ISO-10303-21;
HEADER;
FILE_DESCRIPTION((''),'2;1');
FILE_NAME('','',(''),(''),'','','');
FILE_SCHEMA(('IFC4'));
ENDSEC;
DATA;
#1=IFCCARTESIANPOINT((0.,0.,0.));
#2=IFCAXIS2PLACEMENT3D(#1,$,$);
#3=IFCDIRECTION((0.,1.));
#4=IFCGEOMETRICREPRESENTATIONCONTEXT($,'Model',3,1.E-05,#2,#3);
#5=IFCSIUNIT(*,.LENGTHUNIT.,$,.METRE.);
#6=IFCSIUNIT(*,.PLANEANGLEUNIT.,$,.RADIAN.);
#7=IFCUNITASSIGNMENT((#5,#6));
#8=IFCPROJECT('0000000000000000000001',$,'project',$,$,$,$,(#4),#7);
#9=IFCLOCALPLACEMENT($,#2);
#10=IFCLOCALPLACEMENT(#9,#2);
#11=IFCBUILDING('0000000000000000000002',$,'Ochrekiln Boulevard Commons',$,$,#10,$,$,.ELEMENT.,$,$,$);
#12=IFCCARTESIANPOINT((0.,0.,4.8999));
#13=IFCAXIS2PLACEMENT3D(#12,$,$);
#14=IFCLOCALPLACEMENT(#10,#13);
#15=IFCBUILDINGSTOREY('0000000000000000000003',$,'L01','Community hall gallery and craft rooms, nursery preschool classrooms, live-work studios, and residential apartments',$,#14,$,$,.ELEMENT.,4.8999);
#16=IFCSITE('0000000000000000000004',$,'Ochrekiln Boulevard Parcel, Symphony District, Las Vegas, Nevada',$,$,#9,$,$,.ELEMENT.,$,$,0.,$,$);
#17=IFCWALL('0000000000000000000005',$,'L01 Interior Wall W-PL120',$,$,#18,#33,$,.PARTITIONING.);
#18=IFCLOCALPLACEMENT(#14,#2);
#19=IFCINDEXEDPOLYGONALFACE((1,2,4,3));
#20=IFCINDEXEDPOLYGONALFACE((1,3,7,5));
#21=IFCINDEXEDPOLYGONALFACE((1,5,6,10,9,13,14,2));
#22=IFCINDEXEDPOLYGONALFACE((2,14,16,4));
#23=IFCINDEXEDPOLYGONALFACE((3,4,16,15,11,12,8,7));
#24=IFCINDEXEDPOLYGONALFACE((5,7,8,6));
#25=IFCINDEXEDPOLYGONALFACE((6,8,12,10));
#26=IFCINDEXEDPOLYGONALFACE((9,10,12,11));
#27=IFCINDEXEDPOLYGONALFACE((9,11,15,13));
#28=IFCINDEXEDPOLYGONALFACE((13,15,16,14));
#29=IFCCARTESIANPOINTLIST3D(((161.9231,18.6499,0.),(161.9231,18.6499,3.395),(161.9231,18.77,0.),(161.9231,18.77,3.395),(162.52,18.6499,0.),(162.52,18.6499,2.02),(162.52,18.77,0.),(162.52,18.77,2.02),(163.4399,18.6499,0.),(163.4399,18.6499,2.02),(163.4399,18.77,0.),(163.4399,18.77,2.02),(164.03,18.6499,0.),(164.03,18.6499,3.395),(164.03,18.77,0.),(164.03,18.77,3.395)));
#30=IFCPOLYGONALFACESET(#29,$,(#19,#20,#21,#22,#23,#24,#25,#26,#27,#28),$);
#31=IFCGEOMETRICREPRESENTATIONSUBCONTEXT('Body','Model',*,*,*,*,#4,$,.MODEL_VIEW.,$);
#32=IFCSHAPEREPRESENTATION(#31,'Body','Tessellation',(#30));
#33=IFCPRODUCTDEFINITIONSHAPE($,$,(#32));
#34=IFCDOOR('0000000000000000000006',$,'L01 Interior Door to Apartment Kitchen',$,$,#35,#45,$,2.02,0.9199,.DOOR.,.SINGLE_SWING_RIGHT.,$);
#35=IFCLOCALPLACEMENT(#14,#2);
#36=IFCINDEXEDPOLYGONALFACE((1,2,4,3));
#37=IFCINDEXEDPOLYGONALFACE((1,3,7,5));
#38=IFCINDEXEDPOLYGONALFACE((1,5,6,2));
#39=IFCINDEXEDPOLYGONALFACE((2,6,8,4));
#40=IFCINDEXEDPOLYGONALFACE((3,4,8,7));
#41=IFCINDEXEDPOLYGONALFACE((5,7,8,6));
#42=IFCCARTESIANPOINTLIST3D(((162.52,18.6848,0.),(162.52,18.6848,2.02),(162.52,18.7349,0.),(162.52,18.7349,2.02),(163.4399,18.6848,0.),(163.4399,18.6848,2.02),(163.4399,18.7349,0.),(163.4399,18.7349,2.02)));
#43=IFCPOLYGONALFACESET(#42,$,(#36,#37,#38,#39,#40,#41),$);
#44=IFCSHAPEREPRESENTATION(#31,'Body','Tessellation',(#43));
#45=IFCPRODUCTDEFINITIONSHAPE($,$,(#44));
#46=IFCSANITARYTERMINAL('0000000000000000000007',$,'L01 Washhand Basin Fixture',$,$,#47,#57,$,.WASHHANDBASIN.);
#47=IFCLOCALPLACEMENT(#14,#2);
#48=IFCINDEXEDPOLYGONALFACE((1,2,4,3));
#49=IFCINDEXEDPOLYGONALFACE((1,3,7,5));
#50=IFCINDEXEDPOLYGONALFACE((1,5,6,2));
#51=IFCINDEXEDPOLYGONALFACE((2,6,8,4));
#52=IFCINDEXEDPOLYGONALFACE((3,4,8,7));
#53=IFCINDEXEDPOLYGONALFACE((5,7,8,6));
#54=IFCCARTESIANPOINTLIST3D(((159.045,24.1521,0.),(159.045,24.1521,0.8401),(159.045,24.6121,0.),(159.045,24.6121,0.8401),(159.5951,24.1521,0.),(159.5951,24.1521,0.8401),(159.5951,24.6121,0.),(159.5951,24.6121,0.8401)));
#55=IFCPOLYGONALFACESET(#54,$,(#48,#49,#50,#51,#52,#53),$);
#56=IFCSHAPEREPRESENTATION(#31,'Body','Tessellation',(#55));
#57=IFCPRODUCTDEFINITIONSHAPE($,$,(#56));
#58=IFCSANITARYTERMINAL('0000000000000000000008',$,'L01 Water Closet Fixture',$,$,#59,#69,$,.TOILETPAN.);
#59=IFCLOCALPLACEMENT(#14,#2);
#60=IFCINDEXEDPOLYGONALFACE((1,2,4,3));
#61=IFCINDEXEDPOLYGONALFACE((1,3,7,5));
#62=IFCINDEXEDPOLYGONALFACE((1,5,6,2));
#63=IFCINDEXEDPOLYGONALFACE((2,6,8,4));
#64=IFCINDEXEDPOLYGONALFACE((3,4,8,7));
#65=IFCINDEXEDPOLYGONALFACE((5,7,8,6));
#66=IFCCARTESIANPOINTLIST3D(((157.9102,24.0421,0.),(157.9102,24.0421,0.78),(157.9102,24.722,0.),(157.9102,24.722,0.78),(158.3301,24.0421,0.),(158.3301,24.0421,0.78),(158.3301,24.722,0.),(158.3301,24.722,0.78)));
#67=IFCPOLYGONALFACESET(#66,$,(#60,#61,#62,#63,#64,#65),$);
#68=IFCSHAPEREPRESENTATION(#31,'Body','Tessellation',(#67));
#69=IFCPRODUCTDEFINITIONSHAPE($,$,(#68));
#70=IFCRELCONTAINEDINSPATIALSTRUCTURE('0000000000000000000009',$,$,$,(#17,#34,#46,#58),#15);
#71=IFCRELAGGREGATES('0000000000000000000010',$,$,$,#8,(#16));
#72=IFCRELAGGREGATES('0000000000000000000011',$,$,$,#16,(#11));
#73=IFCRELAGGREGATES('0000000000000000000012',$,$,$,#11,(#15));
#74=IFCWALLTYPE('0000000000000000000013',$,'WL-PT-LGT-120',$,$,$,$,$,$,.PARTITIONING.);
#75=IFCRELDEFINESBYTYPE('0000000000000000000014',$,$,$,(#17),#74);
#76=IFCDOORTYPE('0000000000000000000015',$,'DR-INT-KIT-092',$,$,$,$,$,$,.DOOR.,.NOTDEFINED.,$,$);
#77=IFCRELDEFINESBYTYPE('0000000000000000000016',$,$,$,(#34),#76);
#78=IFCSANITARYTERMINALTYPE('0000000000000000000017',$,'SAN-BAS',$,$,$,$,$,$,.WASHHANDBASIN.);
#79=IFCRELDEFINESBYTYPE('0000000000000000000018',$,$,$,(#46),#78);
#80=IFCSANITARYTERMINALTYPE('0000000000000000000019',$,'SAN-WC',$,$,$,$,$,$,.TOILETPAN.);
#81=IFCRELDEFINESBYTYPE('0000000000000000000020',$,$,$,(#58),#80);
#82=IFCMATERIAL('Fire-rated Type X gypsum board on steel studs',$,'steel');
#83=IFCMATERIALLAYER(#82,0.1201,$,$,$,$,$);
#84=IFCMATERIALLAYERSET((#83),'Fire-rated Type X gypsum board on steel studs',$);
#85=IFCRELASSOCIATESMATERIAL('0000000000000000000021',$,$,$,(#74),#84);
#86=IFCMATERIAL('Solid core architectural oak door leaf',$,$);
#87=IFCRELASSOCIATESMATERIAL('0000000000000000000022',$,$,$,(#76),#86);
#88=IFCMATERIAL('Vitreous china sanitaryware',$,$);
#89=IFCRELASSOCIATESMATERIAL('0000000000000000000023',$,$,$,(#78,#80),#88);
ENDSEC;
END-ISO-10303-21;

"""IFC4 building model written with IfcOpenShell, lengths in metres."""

from ifc_helpers import new_model, si_unit, direction, frame, frame_2d, origin, origin_2d, place, context, subcontext, project, spatial, rectangle, extrude, material, layer, layer_set, type_object, element, fill, save


model = new_model("IFC4")

# Units and contexts
model_context = context("Model", 3, precision=1e-05, world=origin(), true_north=direction((0.0, 1.0)))
body_context = subcontext(model_context, "Body", "Model", "MODEL_VIEW")
ifc_project = project(units=[si_unit("LENGTHUNIT", "METRE"), si_unit("PLANEANGLEUNIT", "RADIAN")], contexts=[model_context])

# Site, building, storey
site_placement = place(None, origin())
site = spatial("IfcSite", under=ifc_project, at=site_placement, Name="Ochrekiln Boulevard Parcel, Symphony District, Las Vegas, Nevada", CompositionType="ELEMENT", RefElevation=0.0)
building_placement = place(site_placement, origin())
building = spatial("IfcBuilding", under=site, at=building_placement, Name="Ochrekiln Boulevard Commons", CompositionType="ELEMENT")
storey_placement = place(building_placement, frame((0.0, 0.0, 4.8999)))
storey = spatial("IfcBuildingStorey", under=building, at=storey_placement, Name="L01", Description="Community hall gallery and craft rooms, nursery preschool classrooms, live-work studios, and residential apartments", CompositionType="ELEMENT", Elevation=4.8999)

# Shared definitions
ifc_material_1 = material(Name="Solid core architectural oak door leaf")

# Shared definitions
ifc_material_2 = material(Name="Fire-rated Type X gypsum board on steel studs", Category="steel")

# Shared definitions
ifc_layer_1 = layer(ifc_material_2, 0.1201)
ifc_layer_set_1 = layer_set([ifc_layer_1], Name="Fire-rated Type X gypsum board on steel studs")
wall_type_1 = type_object("IfcWallType", Name="WL-PT-LGT-120", PredefinedType="PARTITIONING", material=ifc_layer_set_1)

# Wall, opening, door
wall_1_placement = place(storey_placement, frame((161.9231, 18.71, 0.0), z_axis=(0.0, 0.0, 1.0), x_axis=(1.0, 0.0, 0.0)))
wall_1 = element("IfcWall", 1, at=wall_1_placement, inside=storey, type_object=wall_type_1, Name="L01 Interior Wall W-PL120", PredefinedType="PARTITIONING", context=body_context, shape_type="SweptSolid", body=[
    extrude(rectangle(XDim=2.1069, YDim=0.1201, at=frame_2d((1.0535, 0.0))), origin(), (0.0, 0.0, 1.0), 3.395),
])
opening_1_placement = place(wall_1_placement, frame((0.5969, 0.0, 0.0)))
opening_1 = element("IfcOpeningElement", 2, at=opening_1_placement, cuts=wall_1, PredefinedType="OPENING", context=body_context, shape_type="SweptSolid", body=[
    extrude(rectangle(XDim=0.9199, YDim=2.02, at=frame_2d((0.46, 1.01))), frame((0.0, 0.0701, 0.0), z_axis=(0.0, -1.0, 0.0), x_axis=(1.0, 0.0, 0.0)), (0.0, 0.0, 1.0), 0.1401),
])
door_type_1 = type_object("IfcDoorType", Name="DR-INT-KIT-092", OperationType="NOTDEFINED", PredefinedType="DOOR", material=ifc_material_1)
door_1_placement = place(opening_1_placement, origin())
door_1 = element("IfcDoor", 3, at=door_1_placement, inside=storey, type_object=door_type_1, Name="L01 Interior Door to Apartment Kitchen", OperationType="SINGLE_SWING_RIGHT", OverallHeight=2.02, OverallWidth=0.9199, PredefinedType="DOOR", context=body_context, shape_type="SweptSolid", body=[
    extrude(rectangle(XDim=0.9199, YDim=2.02, at=frame_2d((0.46, 1.01))), frame((0.0, 0.0249, 0.0), z_axis=(0.0, -1.0, 0.0), x_axis=(1.0, 0.0, 0.0)), (0.0, 0.0, 1.0), 0.05),
])
fill(opening_1, door_1)

# Sanitary terminals
ifc_material_3 = material(Name="Vitreous china sanitaryware")
sanitary_terminal_type_1 = type_object("IfcSanitaryTerminalType", Name="SAN-BAS", PredefinedType="WASHHANDBASIN", material=ifc_material_3)
sanitary_terminal_1_placement = place(storey_placement, frame((159.3201, 24.3821, 0.0), z_axis=(0.0, 0.0, 1.0), x_axis=(1.0, 0.0, 0.0)))
element("IfcSanitaryTerminal", 4, at=sanitary_terminal_1_placement, inside=storey, type_object=sanitary_terminal_type_1, Name="L01 Washhand Basin Fixture", PredefinedType="WASHHANDBASIN", context=body_context, shape_type="SweptSolid", body=[
    extrude(rectangle(XDim=0.55, YDim=0.46, at=origin_2d()), origin(), (0.0, 0.0, 1.0), 0.8401),
])
sanitary_terminal_type_2 = type_object("IfcSanitaryTerminalType", Name="SAN-WC", PredefinedType="TOILETPAN", material=ifc_material_3)
sanitary_terminal_2_placement = place(storey_placement, frame((158.1201, 24.3821, 0.0), z_axis=(0.0, 0.0, 1.0), x_axis=(1.0, 0.0, 0.0)))
element("IfcSanitaryTerminal", 5, at=sanitary_terminal_2_placement, inside=storey, type_object=sanitary_terminal_type_2, Name="L01 Water Closet Fixture", PredefinedType="TOILETPAN", context=body_context, shape_type="SweptSolid", body=[
    extrude(rectangle(XDim=0.4199, YDim=0.6799, at=origin_2d()), origin(), (0.0, 0.0, 1.0), 0.78),
])

save(model, "model.ifc")
